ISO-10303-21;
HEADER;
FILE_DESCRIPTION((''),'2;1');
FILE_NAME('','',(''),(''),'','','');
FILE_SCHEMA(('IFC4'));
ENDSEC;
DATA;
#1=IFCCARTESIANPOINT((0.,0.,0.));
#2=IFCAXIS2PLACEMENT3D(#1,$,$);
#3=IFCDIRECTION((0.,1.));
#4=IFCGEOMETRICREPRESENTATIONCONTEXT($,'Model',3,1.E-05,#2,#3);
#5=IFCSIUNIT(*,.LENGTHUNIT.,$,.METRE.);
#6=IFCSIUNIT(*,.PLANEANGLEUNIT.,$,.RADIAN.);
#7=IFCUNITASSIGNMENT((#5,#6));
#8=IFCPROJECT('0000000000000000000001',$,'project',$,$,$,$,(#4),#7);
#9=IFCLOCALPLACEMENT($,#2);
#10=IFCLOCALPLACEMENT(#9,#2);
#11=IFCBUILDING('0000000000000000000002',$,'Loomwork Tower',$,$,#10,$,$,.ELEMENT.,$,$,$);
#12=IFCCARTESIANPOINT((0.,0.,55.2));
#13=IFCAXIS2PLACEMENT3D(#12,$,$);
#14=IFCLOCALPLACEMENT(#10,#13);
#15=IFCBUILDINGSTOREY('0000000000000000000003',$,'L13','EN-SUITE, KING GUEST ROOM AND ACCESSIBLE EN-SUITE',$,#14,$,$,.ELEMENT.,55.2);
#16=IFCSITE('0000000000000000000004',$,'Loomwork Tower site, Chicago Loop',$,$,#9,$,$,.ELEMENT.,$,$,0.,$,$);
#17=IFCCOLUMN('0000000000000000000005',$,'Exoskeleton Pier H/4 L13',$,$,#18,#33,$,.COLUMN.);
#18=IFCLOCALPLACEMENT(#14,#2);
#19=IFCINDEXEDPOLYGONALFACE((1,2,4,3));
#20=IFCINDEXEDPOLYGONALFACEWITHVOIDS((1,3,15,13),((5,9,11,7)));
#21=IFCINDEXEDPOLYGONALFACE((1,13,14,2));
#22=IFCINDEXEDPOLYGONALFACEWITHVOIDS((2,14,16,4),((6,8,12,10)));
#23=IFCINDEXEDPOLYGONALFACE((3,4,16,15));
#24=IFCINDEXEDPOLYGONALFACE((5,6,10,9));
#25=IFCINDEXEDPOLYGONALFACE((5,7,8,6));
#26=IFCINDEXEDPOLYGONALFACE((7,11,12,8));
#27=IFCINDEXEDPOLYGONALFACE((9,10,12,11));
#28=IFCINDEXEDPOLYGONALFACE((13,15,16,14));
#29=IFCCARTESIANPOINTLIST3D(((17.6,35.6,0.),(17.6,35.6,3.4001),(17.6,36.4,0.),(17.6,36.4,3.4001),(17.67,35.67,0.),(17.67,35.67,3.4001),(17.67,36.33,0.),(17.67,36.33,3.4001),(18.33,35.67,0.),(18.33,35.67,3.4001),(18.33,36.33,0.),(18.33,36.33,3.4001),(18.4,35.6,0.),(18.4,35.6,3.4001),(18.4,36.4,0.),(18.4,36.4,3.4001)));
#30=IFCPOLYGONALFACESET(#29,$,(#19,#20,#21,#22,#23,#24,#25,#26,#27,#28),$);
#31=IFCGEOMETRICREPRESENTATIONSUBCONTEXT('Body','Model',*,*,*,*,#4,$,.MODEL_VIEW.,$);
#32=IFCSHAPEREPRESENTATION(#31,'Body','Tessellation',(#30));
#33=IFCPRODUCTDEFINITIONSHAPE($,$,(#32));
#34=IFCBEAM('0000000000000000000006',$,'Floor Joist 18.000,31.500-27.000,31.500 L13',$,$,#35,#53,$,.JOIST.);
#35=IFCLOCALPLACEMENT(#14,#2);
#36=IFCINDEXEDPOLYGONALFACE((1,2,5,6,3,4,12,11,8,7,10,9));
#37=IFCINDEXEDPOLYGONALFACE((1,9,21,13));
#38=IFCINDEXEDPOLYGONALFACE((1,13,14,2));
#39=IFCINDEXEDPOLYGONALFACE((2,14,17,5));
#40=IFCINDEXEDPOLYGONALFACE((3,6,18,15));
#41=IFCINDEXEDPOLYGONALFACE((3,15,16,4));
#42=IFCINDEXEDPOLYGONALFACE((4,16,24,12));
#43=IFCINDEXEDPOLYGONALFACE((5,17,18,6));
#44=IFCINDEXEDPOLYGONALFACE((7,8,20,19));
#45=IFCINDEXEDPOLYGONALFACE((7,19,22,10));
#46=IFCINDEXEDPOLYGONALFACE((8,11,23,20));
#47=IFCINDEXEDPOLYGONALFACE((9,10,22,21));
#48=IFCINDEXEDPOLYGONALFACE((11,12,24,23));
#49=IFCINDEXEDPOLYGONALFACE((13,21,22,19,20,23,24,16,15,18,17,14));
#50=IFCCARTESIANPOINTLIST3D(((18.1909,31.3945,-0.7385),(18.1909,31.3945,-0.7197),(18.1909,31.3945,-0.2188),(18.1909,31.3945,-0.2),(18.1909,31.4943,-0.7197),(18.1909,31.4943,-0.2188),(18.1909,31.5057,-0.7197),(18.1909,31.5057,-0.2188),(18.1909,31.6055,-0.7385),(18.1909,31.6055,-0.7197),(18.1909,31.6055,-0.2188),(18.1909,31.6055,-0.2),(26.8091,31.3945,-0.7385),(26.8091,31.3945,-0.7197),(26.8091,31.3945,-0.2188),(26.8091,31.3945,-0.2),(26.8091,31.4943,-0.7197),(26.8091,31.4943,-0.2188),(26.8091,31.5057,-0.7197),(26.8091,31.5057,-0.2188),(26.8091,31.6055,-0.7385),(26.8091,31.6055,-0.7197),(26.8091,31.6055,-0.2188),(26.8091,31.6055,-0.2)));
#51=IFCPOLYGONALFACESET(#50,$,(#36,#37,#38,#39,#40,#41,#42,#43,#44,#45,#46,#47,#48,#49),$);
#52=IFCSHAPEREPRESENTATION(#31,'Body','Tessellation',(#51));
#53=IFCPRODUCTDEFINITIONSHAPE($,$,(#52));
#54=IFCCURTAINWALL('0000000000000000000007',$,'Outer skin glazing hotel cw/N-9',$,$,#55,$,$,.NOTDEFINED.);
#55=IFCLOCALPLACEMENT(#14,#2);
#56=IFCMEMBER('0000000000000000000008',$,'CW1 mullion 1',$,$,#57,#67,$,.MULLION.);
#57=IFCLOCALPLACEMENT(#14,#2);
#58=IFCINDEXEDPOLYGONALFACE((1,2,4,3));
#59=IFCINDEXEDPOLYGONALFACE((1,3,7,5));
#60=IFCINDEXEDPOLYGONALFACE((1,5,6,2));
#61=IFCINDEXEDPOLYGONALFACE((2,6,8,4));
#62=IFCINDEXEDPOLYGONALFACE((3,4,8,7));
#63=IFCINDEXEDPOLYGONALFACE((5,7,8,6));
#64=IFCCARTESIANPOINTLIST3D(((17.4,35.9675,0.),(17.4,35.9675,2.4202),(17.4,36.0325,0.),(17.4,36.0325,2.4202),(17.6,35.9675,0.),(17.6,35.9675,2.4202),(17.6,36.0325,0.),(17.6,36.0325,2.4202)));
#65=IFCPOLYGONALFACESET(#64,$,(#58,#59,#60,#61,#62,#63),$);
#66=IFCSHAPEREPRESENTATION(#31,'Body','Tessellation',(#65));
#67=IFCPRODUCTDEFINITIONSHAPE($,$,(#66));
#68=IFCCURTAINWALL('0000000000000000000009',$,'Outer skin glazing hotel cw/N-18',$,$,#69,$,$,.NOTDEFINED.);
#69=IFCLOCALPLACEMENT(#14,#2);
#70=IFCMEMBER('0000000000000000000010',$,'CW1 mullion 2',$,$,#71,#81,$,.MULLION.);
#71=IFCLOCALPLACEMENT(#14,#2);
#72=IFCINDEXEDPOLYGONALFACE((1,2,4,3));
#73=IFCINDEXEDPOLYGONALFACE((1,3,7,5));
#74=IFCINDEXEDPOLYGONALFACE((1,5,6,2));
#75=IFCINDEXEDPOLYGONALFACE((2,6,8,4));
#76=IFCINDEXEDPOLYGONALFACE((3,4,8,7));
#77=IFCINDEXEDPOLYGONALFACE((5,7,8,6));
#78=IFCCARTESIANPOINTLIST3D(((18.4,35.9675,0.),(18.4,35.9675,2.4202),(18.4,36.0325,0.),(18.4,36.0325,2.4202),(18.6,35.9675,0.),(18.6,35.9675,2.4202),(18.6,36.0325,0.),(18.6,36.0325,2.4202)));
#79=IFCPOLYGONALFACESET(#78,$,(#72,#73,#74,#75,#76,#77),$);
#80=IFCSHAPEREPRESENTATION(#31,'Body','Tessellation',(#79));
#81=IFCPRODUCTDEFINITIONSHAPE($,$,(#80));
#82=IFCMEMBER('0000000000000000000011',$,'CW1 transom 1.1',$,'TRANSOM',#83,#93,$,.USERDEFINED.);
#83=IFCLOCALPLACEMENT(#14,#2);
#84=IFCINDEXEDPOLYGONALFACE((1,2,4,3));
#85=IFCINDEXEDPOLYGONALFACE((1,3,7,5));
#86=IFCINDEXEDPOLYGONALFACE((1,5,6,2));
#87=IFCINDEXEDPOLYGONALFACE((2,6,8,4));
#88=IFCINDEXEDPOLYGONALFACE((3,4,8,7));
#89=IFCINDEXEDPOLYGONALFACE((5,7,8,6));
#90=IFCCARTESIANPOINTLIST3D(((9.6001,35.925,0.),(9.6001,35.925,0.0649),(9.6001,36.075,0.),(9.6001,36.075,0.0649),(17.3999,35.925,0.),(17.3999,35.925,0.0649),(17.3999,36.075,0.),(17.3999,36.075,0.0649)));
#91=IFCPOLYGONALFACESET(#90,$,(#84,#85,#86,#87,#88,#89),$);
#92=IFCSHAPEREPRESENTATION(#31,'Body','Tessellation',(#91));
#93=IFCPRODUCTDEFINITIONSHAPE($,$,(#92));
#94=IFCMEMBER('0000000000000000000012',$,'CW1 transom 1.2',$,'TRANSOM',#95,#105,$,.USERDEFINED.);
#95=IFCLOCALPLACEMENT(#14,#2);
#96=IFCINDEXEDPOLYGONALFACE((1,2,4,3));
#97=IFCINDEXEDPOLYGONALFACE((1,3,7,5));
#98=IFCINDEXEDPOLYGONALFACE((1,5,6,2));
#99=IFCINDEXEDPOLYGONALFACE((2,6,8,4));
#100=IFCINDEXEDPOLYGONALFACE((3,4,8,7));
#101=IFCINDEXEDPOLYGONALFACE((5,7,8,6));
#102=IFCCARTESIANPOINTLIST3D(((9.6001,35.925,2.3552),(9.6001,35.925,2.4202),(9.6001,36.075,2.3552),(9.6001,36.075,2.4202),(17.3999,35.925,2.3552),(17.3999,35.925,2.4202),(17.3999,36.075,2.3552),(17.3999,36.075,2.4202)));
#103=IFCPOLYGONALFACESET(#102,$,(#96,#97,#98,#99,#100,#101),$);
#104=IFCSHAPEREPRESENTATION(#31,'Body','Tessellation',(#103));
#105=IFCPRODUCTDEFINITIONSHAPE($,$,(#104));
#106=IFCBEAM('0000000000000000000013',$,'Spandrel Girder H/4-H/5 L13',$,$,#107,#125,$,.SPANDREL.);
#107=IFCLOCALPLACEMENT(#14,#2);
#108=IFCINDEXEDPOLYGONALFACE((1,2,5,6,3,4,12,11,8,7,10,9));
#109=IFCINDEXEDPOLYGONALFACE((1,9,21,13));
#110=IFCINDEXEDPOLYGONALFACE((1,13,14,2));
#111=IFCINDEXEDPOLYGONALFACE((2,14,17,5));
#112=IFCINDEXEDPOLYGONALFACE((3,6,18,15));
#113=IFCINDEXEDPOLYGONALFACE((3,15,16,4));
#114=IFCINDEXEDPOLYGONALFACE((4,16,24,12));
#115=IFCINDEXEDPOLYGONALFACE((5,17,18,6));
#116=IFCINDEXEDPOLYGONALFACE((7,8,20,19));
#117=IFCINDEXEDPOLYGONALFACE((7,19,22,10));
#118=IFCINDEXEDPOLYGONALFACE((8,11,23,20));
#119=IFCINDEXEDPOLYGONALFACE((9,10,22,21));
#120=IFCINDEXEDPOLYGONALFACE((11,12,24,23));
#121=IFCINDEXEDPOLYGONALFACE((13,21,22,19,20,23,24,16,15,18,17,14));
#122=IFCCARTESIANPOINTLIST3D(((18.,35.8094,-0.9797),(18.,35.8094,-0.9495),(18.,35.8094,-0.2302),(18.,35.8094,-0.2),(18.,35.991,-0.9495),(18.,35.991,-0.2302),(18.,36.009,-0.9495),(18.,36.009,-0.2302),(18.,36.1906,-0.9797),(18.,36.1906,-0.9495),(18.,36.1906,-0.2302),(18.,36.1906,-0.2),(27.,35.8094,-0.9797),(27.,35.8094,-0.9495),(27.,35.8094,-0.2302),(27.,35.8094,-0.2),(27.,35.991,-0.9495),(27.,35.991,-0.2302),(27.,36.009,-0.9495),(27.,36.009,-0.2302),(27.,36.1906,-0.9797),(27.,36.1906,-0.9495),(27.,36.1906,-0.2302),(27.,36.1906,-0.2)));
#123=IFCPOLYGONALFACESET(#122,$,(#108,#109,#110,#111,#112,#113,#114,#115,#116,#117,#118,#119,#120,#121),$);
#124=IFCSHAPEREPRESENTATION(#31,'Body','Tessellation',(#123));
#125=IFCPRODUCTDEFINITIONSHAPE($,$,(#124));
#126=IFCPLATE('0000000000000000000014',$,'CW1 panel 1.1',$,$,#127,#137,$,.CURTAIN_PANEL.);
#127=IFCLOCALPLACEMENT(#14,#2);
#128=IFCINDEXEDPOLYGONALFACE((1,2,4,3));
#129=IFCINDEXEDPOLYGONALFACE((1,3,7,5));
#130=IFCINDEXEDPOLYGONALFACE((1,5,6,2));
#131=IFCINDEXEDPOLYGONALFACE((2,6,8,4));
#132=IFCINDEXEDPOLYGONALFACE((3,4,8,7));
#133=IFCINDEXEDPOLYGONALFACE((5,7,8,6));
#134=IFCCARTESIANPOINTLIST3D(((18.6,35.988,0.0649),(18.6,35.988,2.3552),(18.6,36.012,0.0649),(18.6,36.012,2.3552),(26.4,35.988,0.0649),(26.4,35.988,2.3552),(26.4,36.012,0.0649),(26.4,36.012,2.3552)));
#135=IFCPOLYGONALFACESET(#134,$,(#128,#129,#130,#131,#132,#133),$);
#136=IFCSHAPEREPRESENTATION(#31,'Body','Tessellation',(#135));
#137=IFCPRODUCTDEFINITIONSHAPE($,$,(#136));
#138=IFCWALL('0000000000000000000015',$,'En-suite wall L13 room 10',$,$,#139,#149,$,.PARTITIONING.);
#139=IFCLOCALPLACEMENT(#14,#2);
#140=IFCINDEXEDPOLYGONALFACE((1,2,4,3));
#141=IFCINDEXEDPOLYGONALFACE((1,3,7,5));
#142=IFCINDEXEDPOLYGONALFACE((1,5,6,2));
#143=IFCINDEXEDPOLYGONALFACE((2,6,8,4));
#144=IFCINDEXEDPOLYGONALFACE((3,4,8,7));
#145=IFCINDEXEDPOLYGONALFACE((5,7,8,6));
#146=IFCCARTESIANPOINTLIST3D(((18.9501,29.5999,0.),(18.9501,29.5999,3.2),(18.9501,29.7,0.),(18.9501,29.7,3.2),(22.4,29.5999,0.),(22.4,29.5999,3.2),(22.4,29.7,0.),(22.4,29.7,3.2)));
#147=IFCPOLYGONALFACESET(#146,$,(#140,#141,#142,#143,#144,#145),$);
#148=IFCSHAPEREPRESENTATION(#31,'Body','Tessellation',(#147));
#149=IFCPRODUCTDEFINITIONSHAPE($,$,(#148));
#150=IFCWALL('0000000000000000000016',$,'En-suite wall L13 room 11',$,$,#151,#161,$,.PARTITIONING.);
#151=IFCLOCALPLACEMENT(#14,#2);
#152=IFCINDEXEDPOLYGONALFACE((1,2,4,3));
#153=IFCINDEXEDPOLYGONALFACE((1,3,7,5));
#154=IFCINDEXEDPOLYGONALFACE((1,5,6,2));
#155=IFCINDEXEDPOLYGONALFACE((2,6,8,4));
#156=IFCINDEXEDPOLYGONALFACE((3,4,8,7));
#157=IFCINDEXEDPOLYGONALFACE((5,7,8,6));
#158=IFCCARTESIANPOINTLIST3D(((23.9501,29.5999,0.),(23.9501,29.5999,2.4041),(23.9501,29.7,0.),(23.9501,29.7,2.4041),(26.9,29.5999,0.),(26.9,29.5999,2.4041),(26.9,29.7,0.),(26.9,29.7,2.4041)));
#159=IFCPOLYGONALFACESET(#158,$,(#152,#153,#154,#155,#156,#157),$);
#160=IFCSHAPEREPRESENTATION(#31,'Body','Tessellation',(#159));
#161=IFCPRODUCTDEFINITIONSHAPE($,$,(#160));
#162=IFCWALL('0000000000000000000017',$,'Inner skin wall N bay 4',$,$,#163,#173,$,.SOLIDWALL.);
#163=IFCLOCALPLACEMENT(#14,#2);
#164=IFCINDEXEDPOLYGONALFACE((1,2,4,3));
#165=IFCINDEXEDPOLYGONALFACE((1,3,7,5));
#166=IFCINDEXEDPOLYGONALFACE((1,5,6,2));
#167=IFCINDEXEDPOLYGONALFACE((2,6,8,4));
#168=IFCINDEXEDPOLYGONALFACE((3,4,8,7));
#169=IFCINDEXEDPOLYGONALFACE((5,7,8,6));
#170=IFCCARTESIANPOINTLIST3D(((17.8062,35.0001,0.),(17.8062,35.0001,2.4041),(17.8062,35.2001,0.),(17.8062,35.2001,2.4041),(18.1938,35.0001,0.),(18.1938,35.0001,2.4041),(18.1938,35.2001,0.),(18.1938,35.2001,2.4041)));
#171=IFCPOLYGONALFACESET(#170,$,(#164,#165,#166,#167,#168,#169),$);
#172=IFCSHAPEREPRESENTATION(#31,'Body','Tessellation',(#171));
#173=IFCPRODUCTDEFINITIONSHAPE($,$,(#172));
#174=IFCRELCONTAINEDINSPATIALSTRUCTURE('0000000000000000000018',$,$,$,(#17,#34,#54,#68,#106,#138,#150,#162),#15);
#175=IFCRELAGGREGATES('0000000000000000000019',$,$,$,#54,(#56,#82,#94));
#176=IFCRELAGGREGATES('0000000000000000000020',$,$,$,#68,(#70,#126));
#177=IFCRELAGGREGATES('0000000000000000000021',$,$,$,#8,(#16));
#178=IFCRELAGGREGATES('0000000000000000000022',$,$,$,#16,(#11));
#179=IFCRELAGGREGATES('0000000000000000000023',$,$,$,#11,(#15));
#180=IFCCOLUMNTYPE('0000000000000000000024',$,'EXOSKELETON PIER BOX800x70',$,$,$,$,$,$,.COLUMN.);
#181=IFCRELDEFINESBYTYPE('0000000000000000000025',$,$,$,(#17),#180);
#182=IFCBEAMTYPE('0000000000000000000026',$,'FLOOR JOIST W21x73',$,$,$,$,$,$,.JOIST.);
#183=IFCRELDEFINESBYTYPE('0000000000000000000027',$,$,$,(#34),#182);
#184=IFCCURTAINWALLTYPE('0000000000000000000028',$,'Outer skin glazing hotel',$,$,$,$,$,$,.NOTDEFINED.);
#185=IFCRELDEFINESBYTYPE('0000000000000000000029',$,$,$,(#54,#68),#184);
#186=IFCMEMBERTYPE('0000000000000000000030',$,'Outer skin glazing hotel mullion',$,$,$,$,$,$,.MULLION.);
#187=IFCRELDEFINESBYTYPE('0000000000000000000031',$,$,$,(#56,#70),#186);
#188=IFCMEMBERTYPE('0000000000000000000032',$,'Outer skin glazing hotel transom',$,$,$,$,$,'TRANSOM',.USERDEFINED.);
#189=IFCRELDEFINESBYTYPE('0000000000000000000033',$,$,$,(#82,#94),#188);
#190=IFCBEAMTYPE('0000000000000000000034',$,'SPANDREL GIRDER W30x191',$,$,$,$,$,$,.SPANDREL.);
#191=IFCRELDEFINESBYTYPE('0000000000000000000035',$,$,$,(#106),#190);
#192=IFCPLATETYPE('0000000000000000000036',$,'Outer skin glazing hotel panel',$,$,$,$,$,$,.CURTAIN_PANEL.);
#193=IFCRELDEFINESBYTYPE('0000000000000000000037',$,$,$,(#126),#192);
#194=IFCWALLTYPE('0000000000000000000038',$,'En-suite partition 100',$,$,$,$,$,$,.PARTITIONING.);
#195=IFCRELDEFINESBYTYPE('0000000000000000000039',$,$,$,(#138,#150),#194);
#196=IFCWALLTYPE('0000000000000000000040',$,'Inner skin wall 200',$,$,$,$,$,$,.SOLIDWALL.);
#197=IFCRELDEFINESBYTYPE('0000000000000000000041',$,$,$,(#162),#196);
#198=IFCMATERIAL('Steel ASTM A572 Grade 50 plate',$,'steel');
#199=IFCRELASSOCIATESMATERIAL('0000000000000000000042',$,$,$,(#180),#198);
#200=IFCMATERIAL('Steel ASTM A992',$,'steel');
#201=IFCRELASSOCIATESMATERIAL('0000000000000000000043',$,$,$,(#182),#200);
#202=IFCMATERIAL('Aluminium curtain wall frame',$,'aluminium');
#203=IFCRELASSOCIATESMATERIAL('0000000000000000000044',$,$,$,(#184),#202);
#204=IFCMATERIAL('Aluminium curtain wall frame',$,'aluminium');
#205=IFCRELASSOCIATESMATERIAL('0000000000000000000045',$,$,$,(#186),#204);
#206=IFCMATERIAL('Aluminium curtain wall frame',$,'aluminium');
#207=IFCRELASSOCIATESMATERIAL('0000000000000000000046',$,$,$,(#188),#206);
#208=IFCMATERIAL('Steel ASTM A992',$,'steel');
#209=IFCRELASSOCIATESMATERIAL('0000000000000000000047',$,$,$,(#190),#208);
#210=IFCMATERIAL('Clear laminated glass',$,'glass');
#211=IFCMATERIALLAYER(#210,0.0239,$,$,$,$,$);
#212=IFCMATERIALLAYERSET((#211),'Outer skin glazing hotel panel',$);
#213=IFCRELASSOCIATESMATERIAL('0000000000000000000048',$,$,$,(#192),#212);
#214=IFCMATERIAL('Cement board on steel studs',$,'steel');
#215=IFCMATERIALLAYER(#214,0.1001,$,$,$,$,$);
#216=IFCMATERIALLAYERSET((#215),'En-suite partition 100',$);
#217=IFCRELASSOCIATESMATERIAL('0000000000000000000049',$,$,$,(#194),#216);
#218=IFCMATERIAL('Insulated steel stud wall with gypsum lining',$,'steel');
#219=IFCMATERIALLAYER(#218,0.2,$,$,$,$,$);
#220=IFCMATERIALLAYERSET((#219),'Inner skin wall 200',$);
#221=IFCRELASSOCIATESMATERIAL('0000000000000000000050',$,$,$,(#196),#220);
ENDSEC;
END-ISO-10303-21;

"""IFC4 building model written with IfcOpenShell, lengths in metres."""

from ifc_helpers import new_model, si_unit, direction, frame, frame_2d, origin, origin_2d, place, context, subcontext, project, spatial, rectangle, hollow_rectangle, i_section, extrude, material, layer, layer_set, material_profile, profile_set, type_object, element, aggregate, save


model = new_model("IFC4")

# Units and contexts
model_context = context("Model", 3, precision=1e-05, world=origin(), true_north=direction((0.0, 1.0)))
body_context = subcontext(model_context, "Body", "Model", "MODEL_VIEW")
ifc_project = project(units=[si_unit("LENGTHUNIT", "METRE"), si_unit("PLANEANGLEUNIT", "RADIAN")], contexts=[model_context])

# Site, building, storey
site_placement = place(None, origin())
site = spatial("IfcSite", under=ifc_project, at=site_placement, Name="Loomwork Tower site, Chicago Loop", CompositionType="ELEMENT", RefElevation=0.0)
building_placement = place(site_placement, origin())
building = spatial("IfcBuilding", under=site, at=building_placement, Name="Loomwork Tower", CompositionType="ELEMENT")
storey_placement = place(building_placement, frame((0.0, 0.0, 55.2)))
storey = spatial("IfcBuildingStorey", under=building, at=storey_placement, Name="L13", Description="EN-SUITE, KING GUEST ROOM AND ACCESSIBLE EN-SUITE", CompositionType="ELEMENT", Elevation=55.2)

# Column
ifc_material_1 = material(Name="Steel ASTM A572 Grade 50 plate", Category="steel")
ifc_material_profile_1 = material_profile(ifc_material_1, hollow_rectangle(XDim=0.8, YDim=0.8, WallThickness=0.0701, at=origin_2d()), Name="BOX800x70")
ifc_profile_set_1 = profile_set([ifc_material_profile_1], Name="Steel ASTM A572 Grade 50 plate")
column_type = type_object("IfcColumnType", Name="EXOSKELETON PIER BOX800x70", PredefinedType="COLUMN", material=ifc_profile_set_1)
column_placement = place(storey_placement, frame((18.0, 36.0, 0.0), z_axis=(0.0, 0.0, 1.0), x_axis=(1.0, 0.0, 0.0)))
element("IfcColumn", 1, at=column_placement, inside=storey, type_object=column_type, Name="Exoskeleton Pier H/4 L13", PredefinedType="COLUMN", context=body_context, shape_type="SweptSolid", body=[
    extrude(hollow_rectangle(XDim=0.8, YDim=0.8, WallThickness=0.0701, at=origin_2d()), origin(), (0.0, 0.0, 1.0), 3.4001),
])

# Beam
ifc_material_2 = material(Name="Steel ASTM A992", Category="steel")
ifc_material_profile_2 = material_profile(ifc_material_2, i_section(OverallWidth=0.2109, OverallDepth=0.5386, WebThickness=0.0115, FlangeThickness=0.0188, at=origin_2d()), Name="W21x73")
ifc_profile_set_2 = profile_set([ifc_material_profile_2], Name="Steel ASTM A992")
beam_type_1 = type_object("IfcBeamType", Name="FLOOR JOIST W21x73", PredefinedType="JOIST", material=ifc_profile_set_2)
beam_1_placement = place(storey_placement, frame((18.1909, 31.5, -0.4692), z_axis=(1.0, 0.0, 0.0), x_axis=(0.0, 1.0, 0.0)))
element("IfcBeam", 2, at=beam_1_placement, inside=storey, type_object=beam_type_1, Name="Floor Joist 18.000,31.500-27.000,31.500 L13", PredefinedType="JOIST", context=body_context, shape_type="SweptSolid", body=[
    extrude(i_section(OverallWidth=0.2109, OverallDepth=0.5386, WebThickness=0.0115, FlangeThickness=0.0188, at=origin_2d()), origin(), (0.0, 0.0, 1.0), 8.6182),
])

# Curtain walls, members
ifc_material_3 = material(Name="Aluminium curtain wall frame", Category="aluminium")
curtain_wall_type = type_object("IfcCurtainWallType", Name="Outer skin glazing hotel", PredefinedType="NOTDEFINED", material=ifc_material_3)
curtain_wall_1_placement = place(storey_placement, origin())
curtain_wall_1 = element("IfcCurtainWall", 3, at=curtain_wall_1_placement, inside=storey, type_object=curtain_wall_type, Name="Outer skin glazing hotel cw/N-9", PredefinedType="NOTDEFINED")
ifc_material_4 = material(Name="Aluminium curtain wall frame", Category="aluminium")
ifc_material_profile_3 = material_profile(ifc_material_4, rectangle(XDim=0.0649, YDim=0.2, at=origin_2d()), Name="AL 65x200")
ifc_profile_set_3 = profile_set([ifc_material_profile_3], Name="Aluminium curtain wall frame")
member_type_1 = type_object("IfcMemberType", Name="Outer skin glazing hotel mullion", PredefinedType="MULLION", material=ifc_profile_set_3)
member_1_placement = place(storey_placement, frame((17.5, 36.0, 0.0), z_axis=(0.0, 0.0, 1.0), x_axis=(0.0, -1.0, 0.0)))
member_1 = element("IfcMember", 4, at=member_1_placement, type_object=member_type_1, Name="CW1 mullion 1", PredefinedType="MULLION", context=body_context, shape_type="SweptSolid", body=[
    extrude(rectangle(XDim=0.0649, YDim=0.2, at=origin_2d()), origin(), (0.0, 0.0, 1.0), 2.4202),
])
curtain_wall_2_placement = place(storey_placement, origin())
curtain_wall_2 = element("IfcCurtainWall", 5, at=curtain_wall_2_placement, inside=storey, type_object=curtain_wall_type, Name="Outer skin glazing hotel cw/N-18", PredefinedType="NOTDEFINED")
member_2_placement = place(storey_placement, frame((18.5, 36.0, 0.0), z_axis=(0.0, 0.0, 1.0), x_axis=(0.0, -1.0, 0.0)))
member_2 = element("IfcMember", 6, at=member_2_placement, type_object=member_type_1, Name="CW1 mullion 2", PredefinedType="MULLION", context=body_context, shape_type="SweptSolid", body=[
    extrude(rectangle(XDim=0.0649, YDim=0.2, at=origin_2d()), origin(), (0.0, 0.0, 1.0), 2.4202),
])

# Members
ifc_material_5 = material(Name="Aluminium curtain wall frame", Category="aluminium")
ifc_material_profile_4 = material_profile(ifc_material_5, rectangle(XDim=0.1499, YDim=0.0649, at=origin_2d()), Name="AL 65x150")
ifc_profile_set_4 = profile_set([ifc_material_profile_4], Name="Aluminium curtain wall frame")
member_type_2 = type_object("IfcMemberType", Name="Outer skin glazing hotel transom", ElementType="TRANSOM", PredefinedType="USERDEFINED", material=ifc_profile_set_4)
member_3_placement = place(storey_placement, frame((17.3999, 36.0, 0.0325), z_axis=(-1.0, 0.0, 0.0), x_axis=(0.0, -1.0, 0.0)))
member_3 = element("IfcMember", 7, at=member_3_placement, type_object=member_type_2, Name="CW1 transom 1.1", ObjectType="TRANSOM", PredefinedType="USERDEFINED", context=body_context, shape_type="SweptSolid", body=[
    extrude(rectangle(XDim=0.1499, YDim=0.0649, at=origin_2d()), origin(), (0.0, 0.0, 1.0), 7.7998),
])
member_4_placement = place(storey_placement, frame((17.3999, 36.0, 2.3877), z_axis=(-1.0, 0.0, 0.0), x_axis=(0.0, -1.0, 0.0)))
member_4 = element("IfcMember", 8, at=member_4_placement, type_object=member_type_2, Name="CW1 transom 1.2", ObjectType="TRANSOM", PredefinedType="USERDEFINED", context=body_context, shape_type="SweptSolid", body=[
    extrude(rectangle(XDim=0.1499, YDim=0.0649, at=origin_2d()), origin(), (0.0, 0.0, 1.0), 7.7998),
])
aggregate(curtain_wall_1, [member_1, member_3, member_4])

# Beam
ifc_material_6 = material(Name="Steel ASTM A992", Category="steel")
ifc_material_profile_5 = material_profile(ifc_material_6, i_section(OverallWidth=0.3811, OverallDepth=0.7798, WebThickness=0.0181, FlangeThickness=0.0303, at=origin_2d()), Name="W30x191")
ifc_profile_set_5 = profile_set([ifc_material_profile_5], Name="Steel ASTM A992")
beam_type_2 = type_object("IfcBeamType", Name="SPANDREL GIRDER W30x191", PredefinedType="SPANDREL", material=ifc_profile_set_5)
beam_2_placement = place(storey_placement, frame((18.0, 36.0, -0.5898), z_axis=(1.0, 0.0, 0.0), x_axis=(0.0, 1.0, 0.0)))
element("IfcBeam", 9, at=beam_2_placement, inside=storey, type_object=beam_type_2, Name="Spandrel Girder H/4-H/5 L13", PredefinedType="SPANDREL", context=body_context, shape_type="SweptSolid", body=[
    extrude(i_section(OverallWidth=0.3811, OverallDepth=0.7798, WebThickness=0.0181, FlangeThickness=0.0303, at=origin_2d()), origin(), (0.0, 0.0, 1.0), 9.0),
])

# Plate
ifc_material_7 = material(Name="Clear laminated glass", Category="glass")
ifc_layer_1 = layer(ifc_material_7, 0.0239)
ifc_layer_set_1 = layer_set([ifc_layer_1], Name="Outer skin glazing hotel panel")
plate_type = type_object("IfcPlateType", Name="Outer skin glazing hotel panel", PredefinedType="CURTAIN_PANEL", material=ifc_layer_set_1)
plate_placement = place(storey_placement, frame((22.5, 36.0, 0.0649), z_axis=(0.0, 0.0, 1.0), x_axis=(-1.0, 0.0, 0.0)))
plate = element("IfcPlate", 10, at=plate_placement, type_object=plate_type, Name="CW1 panel 1.1", PredefinedType="CURTAIN_PANEL", context=body_context, shape_type="SweptSolid", body=[
    extrude(rectangle(XDim=7.8, YDim=0.0239, at=origin_2d()), origin(), (0.0, 0.0, 1.0), 2.2903),
])
aggregate(curtain_wall_2, [member_2, plate])

# Walls
ifc_material_8 = material(Name="Cement board on steel studs", Category="steel")
ifc_layer_2 = layer(ifc_material_8, 0.1001)
ifc_layer_set_2 = layer_set([ifc_layer_2], Name="En-suite partition 100")
wall_type_1 = type_object("IfcWallType", Name="En-suite partition 100", PredefinedType="PARTITIONING", material=ifc_layer_set_2)
wall_1_placement = place(storey_placement, frame((18.95, 29.6499, 0.0), z_axis=(0.0, 0.0, 1.0), x_axis=(1.0, 0.0, 0.0)))
element("IfcWall", 11, at=wall_1_placement, inside=storey, type_object=wall_type_1, Name="En-suite wall L13 room 10", PredefinedType="PARTITIONING", context=body_context, shape_type="SweptSolid", body=[
    extrude(rectangle(XDim=3.45, YDim=0.1001, at=frame_2d((1.7251, 0.0))), origin(), (0.0, 0.0, 1.0), 3.2),
])
wall_2_placement = place(storey_placement, frame((23.95, 29.6499, 0.0), z_axis=(0.0, 0.0, 1.0), x_axis=(1.0, 0.0, 0.0)))
element("IfcWall", 12, at=wall_2_placement, inside=storey, type_object=wall_type_1, Name="En-suite wall L13 room 11", PredefinedType="PARTITIONING", context=body_context, shape_type="SweptSolid", body=[
    extrude(rectangle(XDim=2.95, YDim=0.1001, at=frame_2d((1.4751, 0.0))), origin(), (0.0, 0.0, 1.0), 2.4041),
])
ifc_material_9 = material(Name="Insulated steel stud wall with gypsum lining", Category="steel")
ifc_layer_3 = layer(ifc_material_9, 0.2)
ifc_layer_set_3 = layer_set([ifc_layer_3], Name="Inner skin wall 200")
wall_type_2 = type_object("IfcWallType", Name="Inner skin wall 200", PredefinedType="SOLIDWALL", material=ifc_layer_set_3)
wall_3_placement = place(storey_placement, frame((17.8062, 35.1001, 0.0), z_axis=(0.0, 0.0, 1.0), x_axis=(1.0, 0.0, 0.0)))
element("IfcWall", 13, at=wall_3_placement, inside=storey, type_object=wall_type_2, Name="Inner skin wall N bay 4", PredefinedType="SOLIDWALL", context=body_context, shape_type="SweptSolid", body=[
    extrude(rectangle(XDim=0.3877, YDim=0.2, at=frame_2d((0.1938, 0.0))), origin(), (0.0, 0.0, 1.0), 2.4041),
])

save(model, "model.ifc")
